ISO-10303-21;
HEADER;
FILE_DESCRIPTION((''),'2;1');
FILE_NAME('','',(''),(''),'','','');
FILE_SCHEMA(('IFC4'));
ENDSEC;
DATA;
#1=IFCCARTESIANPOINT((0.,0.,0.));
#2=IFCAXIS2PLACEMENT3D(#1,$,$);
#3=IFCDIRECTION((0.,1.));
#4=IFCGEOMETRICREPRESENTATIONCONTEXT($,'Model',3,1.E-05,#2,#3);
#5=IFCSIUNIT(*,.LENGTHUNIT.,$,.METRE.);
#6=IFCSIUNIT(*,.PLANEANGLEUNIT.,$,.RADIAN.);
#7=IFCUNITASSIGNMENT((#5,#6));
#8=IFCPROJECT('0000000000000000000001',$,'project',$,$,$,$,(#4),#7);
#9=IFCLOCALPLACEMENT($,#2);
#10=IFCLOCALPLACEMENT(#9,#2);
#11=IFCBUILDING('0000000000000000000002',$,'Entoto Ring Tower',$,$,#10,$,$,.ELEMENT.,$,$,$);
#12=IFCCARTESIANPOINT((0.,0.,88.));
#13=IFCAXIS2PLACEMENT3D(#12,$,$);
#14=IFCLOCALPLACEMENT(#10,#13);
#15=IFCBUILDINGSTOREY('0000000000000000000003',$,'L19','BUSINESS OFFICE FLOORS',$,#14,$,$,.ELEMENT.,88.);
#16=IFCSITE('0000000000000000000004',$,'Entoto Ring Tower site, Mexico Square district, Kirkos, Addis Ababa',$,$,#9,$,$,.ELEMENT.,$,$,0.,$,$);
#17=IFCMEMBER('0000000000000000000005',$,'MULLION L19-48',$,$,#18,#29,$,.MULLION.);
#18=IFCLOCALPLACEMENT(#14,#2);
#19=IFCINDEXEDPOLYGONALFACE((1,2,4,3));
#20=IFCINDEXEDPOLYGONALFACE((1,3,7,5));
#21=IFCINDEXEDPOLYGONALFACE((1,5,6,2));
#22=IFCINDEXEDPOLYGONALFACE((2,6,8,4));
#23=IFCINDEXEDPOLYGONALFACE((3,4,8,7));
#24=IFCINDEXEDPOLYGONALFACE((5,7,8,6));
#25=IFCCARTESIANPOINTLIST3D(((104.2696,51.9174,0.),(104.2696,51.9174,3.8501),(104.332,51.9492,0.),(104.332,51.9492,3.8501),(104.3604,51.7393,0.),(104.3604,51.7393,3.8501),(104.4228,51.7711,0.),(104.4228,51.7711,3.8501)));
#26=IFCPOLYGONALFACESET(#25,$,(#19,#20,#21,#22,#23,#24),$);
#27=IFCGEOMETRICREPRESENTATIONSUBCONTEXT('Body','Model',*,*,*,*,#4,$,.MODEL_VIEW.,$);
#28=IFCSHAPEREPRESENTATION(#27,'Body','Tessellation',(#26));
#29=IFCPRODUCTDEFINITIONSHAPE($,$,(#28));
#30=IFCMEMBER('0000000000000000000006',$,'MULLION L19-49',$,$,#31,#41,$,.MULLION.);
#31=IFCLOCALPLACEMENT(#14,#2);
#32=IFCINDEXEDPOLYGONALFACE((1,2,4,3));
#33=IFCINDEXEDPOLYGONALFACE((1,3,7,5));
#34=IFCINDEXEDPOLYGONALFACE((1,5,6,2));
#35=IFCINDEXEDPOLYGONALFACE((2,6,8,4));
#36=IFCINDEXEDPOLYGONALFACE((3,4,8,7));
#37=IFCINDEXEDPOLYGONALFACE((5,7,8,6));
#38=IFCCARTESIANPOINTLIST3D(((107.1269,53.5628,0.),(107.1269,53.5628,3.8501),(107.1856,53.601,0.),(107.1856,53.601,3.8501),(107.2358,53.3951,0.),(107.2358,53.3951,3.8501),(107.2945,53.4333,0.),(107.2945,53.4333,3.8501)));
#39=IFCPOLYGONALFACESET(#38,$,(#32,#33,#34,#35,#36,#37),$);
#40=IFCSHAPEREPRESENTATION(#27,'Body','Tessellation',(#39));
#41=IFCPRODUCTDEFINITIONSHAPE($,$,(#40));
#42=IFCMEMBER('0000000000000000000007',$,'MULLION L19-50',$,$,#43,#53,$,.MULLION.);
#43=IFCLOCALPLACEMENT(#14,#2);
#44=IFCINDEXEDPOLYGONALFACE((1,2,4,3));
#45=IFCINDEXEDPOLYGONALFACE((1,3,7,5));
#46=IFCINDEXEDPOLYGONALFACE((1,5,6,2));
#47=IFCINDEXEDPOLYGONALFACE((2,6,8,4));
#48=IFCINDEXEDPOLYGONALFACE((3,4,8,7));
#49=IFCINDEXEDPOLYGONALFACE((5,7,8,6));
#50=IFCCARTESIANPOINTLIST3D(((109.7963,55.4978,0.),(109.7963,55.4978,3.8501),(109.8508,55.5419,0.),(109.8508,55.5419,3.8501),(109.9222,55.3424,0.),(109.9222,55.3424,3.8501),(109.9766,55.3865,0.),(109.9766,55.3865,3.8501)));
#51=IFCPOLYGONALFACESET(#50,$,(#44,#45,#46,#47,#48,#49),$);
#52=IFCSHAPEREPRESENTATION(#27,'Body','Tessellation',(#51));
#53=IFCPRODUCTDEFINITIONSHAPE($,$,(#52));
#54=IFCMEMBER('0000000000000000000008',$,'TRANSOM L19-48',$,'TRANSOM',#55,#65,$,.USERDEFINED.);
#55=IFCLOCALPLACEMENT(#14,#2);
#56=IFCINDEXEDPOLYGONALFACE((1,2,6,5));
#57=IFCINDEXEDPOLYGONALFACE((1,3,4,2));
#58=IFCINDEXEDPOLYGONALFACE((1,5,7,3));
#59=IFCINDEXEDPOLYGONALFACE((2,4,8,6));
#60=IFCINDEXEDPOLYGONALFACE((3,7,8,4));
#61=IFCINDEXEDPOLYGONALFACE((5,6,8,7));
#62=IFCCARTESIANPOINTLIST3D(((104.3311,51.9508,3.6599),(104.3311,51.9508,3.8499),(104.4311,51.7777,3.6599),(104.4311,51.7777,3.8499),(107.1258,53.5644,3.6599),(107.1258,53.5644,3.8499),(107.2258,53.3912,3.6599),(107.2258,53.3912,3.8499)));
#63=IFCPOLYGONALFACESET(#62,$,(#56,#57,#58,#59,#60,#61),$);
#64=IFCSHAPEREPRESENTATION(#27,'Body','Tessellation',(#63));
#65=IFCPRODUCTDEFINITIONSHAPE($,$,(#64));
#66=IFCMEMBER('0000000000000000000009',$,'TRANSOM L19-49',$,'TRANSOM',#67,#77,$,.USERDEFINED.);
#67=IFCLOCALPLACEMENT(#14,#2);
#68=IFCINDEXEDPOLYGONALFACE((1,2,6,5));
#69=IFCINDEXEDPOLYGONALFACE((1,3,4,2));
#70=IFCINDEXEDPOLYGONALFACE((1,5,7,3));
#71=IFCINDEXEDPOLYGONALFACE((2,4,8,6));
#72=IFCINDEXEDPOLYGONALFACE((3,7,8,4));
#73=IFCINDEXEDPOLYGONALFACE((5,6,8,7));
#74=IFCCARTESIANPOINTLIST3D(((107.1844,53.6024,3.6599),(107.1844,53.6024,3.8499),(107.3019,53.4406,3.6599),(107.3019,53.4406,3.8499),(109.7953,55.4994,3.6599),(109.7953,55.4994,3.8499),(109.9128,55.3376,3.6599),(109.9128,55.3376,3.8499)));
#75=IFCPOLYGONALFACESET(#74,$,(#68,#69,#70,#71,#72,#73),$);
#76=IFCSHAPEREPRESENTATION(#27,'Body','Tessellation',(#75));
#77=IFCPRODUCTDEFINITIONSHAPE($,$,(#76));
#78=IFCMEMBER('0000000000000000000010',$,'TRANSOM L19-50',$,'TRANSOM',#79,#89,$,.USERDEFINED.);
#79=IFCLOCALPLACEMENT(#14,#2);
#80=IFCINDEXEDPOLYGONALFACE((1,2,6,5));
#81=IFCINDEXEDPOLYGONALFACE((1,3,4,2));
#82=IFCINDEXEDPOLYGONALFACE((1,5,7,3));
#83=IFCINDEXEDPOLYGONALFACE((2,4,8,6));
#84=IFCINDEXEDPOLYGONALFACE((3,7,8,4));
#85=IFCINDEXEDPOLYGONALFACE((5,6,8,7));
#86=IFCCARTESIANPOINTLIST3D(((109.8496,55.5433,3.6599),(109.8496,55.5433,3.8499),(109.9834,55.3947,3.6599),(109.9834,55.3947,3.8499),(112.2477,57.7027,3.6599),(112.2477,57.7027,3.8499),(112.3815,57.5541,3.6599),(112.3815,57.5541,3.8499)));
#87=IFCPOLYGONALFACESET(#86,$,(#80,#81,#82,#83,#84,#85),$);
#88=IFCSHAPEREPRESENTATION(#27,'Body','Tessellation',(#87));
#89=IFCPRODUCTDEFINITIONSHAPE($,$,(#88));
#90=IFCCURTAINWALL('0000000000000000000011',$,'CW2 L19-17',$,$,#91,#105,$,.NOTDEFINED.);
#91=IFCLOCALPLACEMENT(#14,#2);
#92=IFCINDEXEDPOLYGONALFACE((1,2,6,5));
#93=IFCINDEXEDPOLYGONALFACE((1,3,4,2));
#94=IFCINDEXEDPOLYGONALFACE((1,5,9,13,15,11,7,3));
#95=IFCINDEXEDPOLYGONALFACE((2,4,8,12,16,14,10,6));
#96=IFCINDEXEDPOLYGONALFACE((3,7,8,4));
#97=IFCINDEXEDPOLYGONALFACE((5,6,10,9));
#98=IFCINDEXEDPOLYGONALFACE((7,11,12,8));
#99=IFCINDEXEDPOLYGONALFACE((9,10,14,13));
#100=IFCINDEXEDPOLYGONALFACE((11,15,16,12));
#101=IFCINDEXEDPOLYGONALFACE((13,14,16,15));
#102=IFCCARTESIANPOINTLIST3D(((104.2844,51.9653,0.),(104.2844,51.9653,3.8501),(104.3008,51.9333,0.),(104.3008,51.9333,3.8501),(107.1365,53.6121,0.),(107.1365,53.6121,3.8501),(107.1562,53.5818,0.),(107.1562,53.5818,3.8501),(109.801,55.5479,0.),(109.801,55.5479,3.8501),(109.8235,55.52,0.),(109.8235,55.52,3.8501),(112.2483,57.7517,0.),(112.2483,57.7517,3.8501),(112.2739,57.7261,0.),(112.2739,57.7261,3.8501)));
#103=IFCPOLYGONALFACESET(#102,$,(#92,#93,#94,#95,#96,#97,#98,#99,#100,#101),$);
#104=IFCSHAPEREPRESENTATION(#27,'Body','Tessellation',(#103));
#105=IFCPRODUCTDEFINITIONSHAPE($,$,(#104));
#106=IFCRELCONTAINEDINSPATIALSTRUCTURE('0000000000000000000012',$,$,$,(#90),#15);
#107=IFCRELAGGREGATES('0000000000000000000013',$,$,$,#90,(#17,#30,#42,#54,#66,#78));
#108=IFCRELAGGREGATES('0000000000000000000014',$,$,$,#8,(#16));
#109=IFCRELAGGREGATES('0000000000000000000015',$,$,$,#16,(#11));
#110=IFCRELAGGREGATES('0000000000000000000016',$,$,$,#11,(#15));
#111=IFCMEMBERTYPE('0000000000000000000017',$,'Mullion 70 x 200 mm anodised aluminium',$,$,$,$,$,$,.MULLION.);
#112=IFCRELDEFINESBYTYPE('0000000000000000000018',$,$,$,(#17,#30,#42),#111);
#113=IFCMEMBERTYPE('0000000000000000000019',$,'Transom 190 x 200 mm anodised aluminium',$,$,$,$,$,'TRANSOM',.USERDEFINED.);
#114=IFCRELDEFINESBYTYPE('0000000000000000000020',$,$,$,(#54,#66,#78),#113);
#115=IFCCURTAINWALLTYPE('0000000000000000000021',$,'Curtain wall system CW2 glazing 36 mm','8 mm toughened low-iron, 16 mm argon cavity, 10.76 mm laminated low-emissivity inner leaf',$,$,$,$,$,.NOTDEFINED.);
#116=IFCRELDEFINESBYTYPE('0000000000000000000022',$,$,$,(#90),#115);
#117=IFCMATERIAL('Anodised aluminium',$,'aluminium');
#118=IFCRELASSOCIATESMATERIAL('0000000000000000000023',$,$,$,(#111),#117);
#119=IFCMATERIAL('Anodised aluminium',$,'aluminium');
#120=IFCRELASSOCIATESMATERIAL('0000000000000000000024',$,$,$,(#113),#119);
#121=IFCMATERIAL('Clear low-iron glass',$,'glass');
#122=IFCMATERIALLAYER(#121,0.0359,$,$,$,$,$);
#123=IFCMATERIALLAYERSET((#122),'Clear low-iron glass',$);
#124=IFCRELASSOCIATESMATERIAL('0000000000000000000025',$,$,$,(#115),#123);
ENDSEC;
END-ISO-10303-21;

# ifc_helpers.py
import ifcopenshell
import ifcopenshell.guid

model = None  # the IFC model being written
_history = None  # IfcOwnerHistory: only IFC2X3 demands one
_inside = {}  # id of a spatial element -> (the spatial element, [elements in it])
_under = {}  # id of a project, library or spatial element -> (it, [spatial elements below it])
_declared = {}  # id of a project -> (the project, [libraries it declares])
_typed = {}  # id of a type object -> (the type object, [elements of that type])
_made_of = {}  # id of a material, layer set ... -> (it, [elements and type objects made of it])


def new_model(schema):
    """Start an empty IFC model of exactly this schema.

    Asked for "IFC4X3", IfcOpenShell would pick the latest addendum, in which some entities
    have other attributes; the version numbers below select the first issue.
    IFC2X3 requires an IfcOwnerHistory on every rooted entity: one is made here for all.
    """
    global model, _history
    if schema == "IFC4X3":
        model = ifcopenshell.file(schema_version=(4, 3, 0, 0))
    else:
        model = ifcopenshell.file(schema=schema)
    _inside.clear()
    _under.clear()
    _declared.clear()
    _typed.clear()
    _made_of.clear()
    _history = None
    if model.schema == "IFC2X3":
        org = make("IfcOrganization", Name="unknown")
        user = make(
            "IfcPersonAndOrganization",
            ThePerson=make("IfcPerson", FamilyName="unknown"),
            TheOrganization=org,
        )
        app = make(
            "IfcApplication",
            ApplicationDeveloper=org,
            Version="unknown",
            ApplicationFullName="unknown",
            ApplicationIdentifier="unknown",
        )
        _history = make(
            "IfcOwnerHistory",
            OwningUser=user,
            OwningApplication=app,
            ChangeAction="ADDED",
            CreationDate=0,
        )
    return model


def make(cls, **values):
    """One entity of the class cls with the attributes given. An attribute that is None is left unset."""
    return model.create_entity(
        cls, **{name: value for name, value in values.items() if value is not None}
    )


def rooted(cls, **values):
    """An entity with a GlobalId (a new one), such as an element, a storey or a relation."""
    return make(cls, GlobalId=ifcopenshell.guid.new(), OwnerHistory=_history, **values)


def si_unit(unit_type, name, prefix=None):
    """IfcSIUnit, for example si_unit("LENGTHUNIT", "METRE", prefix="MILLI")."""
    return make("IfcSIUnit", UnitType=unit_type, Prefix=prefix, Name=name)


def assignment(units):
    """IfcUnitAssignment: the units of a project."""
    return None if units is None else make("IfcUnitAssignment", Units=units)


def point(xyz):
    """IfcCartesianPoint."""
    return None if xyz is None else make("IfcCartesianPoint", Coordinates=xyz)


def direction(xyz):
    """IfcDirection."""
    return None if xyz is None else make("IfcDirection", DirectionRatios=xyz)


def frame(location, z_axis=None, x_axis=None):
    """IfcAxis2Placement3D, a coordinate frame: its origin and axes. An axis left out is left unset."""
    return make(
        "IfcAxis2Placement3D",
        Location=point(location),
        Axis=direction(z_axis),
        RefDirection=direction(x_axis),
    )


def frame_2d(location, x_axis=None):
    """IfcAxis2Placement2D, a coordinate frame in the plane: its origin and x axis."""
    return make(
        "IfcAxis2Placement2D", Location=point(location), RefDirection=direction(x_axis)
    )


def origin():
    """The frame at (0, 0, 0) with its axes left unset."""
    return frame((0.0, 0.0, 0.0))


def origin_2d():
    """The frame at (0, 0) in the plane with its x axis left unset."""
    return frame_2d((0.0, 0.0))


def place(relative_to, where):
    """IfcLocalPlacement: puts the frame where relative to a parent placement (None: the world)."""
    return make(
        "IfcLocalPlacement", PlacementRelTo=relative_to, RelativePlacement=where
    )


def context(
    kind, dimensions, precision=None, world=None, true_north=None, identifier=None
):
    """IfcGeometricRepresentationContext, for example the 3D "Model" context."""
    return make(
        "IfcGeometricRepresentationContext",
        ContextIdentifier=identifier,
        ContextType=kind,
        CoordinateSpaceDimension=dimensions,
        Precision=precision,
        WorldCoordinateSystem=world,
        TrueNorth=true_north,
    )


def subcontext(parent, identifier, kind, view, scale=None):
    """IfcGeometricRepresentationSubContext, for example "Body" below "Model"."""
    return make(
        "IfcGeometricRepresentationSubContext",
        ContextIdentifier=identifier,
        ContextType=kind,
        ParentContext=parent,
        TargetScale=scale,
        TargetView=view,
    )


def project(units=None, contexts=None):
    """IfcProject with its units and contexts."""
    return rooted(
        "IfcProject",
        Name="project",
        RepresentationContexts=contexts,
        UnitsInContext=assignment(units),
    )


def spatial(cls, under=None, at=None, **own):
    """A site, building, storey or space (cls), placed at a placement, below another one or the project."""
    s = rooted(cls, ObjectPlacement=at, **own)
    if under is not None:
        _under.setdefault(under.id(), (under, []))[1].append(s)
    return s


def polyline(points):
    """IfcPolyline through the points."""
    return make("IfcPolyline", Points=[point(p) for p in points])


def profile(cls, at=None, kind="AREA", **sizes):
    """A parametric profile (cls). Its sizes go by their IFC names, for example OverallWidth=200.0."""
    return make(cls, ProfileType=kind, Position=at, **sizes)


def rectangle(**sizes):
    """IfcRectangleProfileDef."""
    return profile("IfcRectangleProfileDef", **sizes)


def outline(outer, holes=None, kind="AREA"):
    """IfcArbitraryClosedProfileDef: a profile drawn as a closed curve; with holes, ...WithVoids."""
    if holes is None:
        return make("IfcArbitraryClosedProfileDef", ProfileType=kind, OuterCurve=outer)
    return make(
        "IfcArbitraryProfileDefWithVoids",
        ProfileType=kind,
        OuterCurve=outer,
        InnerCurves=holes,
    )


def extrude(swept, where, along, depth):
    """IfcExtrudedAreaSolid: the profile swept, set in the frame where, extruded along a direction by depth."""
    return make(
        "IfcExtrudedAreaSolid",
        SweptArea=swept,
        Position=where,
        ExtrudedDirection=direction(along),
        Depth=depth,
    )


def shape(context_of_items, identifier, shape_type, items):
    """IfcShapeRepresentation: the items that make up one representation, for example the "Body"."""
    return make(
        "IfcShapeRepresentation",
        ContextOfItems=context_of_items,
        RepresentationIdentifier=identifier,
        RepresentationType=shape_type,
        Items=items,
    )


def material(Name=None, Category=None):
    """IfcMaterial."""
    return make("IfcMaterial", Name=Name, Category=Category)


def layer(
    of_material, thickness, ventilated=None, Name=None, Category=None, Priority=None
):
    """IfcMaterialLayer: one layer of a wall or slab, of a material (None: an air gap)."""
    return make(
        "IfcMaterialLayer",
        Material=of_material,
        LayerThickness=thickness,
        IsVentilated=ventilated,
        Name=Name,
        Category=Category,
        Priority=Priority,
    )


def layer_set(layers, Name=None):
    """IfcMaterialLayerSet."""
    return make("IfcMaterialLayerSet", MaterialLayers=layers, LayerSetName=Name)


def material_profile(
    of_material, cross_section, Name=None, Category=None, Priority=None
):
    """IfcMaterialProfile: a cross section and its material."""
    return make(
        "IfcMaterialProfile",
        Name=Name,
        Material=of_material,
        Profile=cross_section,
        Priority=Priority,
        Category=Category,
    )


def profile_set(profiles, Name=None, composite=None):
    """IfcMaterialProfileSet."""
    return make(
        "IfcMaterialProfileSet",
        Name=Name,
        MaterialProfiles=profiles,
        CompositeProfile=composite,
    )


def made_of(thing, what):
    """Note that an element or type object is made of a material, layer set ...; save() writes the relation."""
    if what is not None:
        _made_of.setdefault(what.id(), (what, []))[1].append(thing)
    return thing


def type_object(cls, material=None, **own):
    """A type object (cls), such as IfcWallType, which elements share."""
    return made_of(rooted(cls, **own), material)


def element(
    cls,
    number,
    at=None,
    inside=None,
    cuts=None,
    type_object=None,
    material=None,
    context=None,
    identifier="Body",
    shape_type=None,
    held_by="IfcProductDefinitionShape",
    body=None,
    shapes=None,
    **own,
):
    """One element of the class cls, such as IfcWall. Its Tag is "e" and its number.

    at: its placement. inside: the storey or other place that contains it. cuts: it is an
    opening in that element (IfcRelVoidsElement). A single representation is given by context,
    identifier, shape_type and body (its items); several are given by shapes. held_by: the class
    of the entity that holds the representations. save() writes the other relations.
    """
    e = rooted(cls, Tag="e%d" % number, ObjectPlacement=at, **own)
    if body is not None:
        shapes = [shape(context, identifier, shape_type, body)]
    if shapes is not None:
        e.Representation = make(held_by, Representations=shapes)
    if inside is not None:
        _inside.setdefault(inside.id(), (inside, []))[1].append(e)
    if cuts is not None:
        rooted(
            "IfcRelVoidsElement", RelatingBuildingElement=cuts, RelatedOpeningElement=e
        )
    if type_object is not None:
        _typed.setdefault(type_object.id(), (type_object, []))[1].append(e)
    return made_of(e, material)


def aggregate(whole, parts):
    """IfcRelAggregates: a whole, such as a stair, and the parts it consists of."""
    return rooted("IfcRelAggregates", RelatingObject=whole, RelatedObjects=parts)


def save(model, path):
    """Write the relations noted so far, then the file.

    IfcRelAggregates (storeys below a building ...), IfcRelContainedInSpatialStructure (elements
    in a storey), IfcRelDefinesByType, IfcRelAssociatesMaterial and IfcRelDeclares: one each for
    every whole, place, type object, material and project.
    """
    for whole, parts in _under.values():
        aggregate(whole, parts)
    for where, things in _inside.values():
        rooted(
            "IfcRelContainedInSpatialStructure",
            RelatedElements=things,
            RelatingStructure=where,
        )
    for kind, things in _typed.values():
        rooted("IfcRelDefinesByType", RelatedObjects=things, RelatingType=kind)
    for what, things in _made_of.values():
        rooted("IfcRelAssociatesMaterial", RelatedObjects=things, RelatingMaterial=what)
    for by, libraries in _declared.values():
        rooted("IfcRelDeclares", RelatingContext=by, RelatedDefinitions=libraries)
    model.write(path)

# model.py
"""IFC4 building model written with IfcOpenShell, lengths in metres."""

from ifc_helpers import new_model, si_unit, direction, frame, origin, origin_2d, place, context, subcontext, project, spatial, polyline, rectangle, outline, extrude, material, layer, layer_set, material_profile, profile_set, type_object, element, aggregate, save


model = new_model("IFC4")

# Units and contexts
model_context = context("Model", 3, precision=1e-05, world=origin(), true_north=direction((0.0, 1.0)))
body_context = subcontext(model_context, "Body", "Model", "MODEL_VIEW")
ifc_project = project(units=[si_unit("LENGTHUNIT", "METRE"), si_unit("PLANEANGLEUNIT", "RADIAN")], contexts=[model_context])

# Members
ifc_material_1 = material(Name="Anodised aluminium", Category="aluminium")
ifc_material_profile_1 = material_profile(ifc_material_1, rectangle(XDim=0.0701, YDim=0.2, at=origin_2d()), Name="Mullion 70 x 200 mm anodised aluminium")
ifc_profile_set_1 = profile_set([ifc_material_profile_1], Name="Anodised aluminium")
member_type_1 = type_object("IfcMemberType", Name="Mullion 70 x 200 mm anodised aluminium", PredefinedType="MULLION", material=ifc_profile_set_1)
site_placement = place(None, origin())
building_placement = place(site_placement, origin())
storey_placement = place(building_placement, frame((0.0, 0.0, 88.0)))
member_1_placement = place(storey_placement, frame((104.3462, 51.8442, 0.0), z_axis=(0.0, 0.0, 1.0), x_axis=(0.891007, 0.45399, 0.0)))
member_1 = element("IfcMember", 1, at=member_1_placement, type_object=member_type_1, Name="MULLION L19-48", PredefinedType="MULLION", context=body_context, shape_type="SweptSolid", body=[
    extrude(rectangle(XDim=0.0701, YDim=0.2, at=origin_2d()), origin(), (0.0, 0.0, 1.0), 3.8501),
])
member_2_placement = place(storey_placement, frame((107.2107, 53.498, 0.0), z_axis=(0.0, 0.0, 1.0), x_axis=(0.838671, 0.544639, 0.0)))
member_2 = element("IfcMember", 2, at=member_2_placement, type_object=member_type_1, Name="MULLION L19-49", PredefinedType="MULLION", context=body_context, shape_type="SweptSolid", body=[
    extrude(rectangle(XDim=0.0701, YDim=0.2, at=origin_2d()), origin(), (0.0, 0.0, 1.0), 3.8501),
])
member_3_placement = place(storey_placement, frame((109.8865, 55.4421, 0.0), z_axis=(0.0, 0.0, 1.0), x_axis=(0.777146, 0.62932, 0.0)))
member_3 = element("IfcMember", 3, at=member_3_placement, type_object=member_type_1, Name="MULLION L19-50", PredefinedType="MULLION", context=body_context, shape_type="SweptSolid", body=[
    extrude(rectangle(XDim=0.0701, YDim=0.2, at=origin_2d()), origin(), (0.0, 0.0, 1.0), 3.8501),
])
ifc_material_2 = material(Name="Anodised aluminium", Category="aluminium")
ifc_material_profile_2 = material_profile(ifc_material_2, rectangle(XDim=0.2, YDim=0.1899, at=origin_2d()), Name="Transom 190 x 200 mm anodised aluminium")
ifc_profile_set_2 = profile_set([ifc_material_profile_2], Name="Anodised aluminium")
member_type_2 = type_object("IfcMemberType", Name="Transom 190 x 200 mm anodised aluminium", ElementType="TRANSOM", PredefinedType="USERDEFINED", material=ifc_profile_set_2)
member_4_placement = place(storey_placement, frame((104.3811, 51.8643, 3.7549), z_axis=(0.866023, 0.500004, 0.0), x_axis=(-0.500004, 0.866023, 0.0)))
member_4 = element("IfcMember", 4, at=member_4_placement, type_object=member_type_2, Name="TRANSOM L19-48", ObjectType="TRANSOM", PredefinedType="USERDEFINED", context=body_context, shape_type="SweptSolid", body=[
    extrude(rectangle(XDim=0.2, YDim=0.1899, at=origin_2d()), origin(), (0.0, 0.0, 1.0), 3.2271),
])
member_5_placement = place(storey_placement, frame((107.2432, 53.5215, 3.7549), z_axis=(0.809004, 0.587803, 0.0), x_axis=(-0.587803, 0.809004, 0.0)))
member_5 = element("IfcMember", 5, at=member_5_placement, type_object=member_type_2, Name="TRANSOM L19-49", ObjectType="TRANSOM", PredefinedType="USERDEFINED", context=body_context, shape_type="SweptSolid", body=[
    extrude(rectangle(XDim=0.2, YDim=0.1899, at=origin_2d()), origin(), (0.0, 0.0, 1.0), 3.2273),
])
member_6_placement = place(storey_placement, frame((109.9165, 55.469, 3.7549), z_axis=(0.743132, 0.669144, 0.0), x_axis=(-0.669144, 0.743132, 0.0)))
member_6 = element("IfcMember", 6, at=member_6_placement, type_object=member_type_2, Name="TRANSOM L19-50", ObjectType="TRANSOM", PredefinedType="USERDEFINED", context=body_context, shape_type="SweptSolid", body=[
    extrude(rectangle(XDim=0.2, YDim=0.1899, at=origin_2d()), origin(), (0.0, 0.0, 1.0), 3.2271),
])

# Site, building, storey
site = spatial("IfcSite", under=ifc_project, at=site_placement, Name="Entoto Ring Tower site, Mexico Square district, Kirkos, Addis Ababa", CompositionType="ELEMENT", RefElevation=0.0)
building = spatial("IfcBuilding", under=site, at=building_placement, Name="Entoto Ring Tower", CompositionType="ELEMENT")
storey = spatial("IfcBuildingStorey", under=building, at=storey_placement, Name="L19", Description="BUSINESS OFFICE FLOORS", CompositionType="ELEMENT", Elevation=88.0)

# Curtain wall
ifc_material_3 = material(Name="Clear low-iron glass", Category="glass")
ifc_layer_1 = layer(ifc_material_3, 0.0359)
ifc_layer_set_1 = layer_set([ifc_layer_1], Name="Clear low-iron glass")
curtain_wall_type = type_object("IfcCurtainWallType", Name="Curtain wall system CW2 glazing 36 mm", Description="8 mm toughened low-iron, 16 mm argon cavity, 10.76 mm laminated low-emissivity inner leaf", PredefinedType="NOTDEFINED", material=ifc_layer_set_1)
curtain_wall_1_placement = place(storey_placement, origin())
curtain_wall_1 = element("IfcCurtainWall", 7, at=curtain_wall_1_placement, inside=storey, type_object=curtain_wall_type, Name="CW2 L19-17", PredefinedType="NOTDEFINED", context=body_context, shape_type="SweptSolid", body=[
    extrude(outline(polyline([(104.3008, 51.9333), (107.1562, 53.5818), (109.8235, 55.52), (112.2739, 57.7261), (112.2483, 57.7517), (109.801, 55.5479), (107.1365, 53.6121), (104.2844, 51.9653), (104.3008, 51.9333)])), origin(), (0.0, 0.0, 1.0), 3.8501),
])
aggregate(curtain_wall_1, [member_1, member_2, member_3, member_4, member_5, member_6])

save(model, "model.ifc")
